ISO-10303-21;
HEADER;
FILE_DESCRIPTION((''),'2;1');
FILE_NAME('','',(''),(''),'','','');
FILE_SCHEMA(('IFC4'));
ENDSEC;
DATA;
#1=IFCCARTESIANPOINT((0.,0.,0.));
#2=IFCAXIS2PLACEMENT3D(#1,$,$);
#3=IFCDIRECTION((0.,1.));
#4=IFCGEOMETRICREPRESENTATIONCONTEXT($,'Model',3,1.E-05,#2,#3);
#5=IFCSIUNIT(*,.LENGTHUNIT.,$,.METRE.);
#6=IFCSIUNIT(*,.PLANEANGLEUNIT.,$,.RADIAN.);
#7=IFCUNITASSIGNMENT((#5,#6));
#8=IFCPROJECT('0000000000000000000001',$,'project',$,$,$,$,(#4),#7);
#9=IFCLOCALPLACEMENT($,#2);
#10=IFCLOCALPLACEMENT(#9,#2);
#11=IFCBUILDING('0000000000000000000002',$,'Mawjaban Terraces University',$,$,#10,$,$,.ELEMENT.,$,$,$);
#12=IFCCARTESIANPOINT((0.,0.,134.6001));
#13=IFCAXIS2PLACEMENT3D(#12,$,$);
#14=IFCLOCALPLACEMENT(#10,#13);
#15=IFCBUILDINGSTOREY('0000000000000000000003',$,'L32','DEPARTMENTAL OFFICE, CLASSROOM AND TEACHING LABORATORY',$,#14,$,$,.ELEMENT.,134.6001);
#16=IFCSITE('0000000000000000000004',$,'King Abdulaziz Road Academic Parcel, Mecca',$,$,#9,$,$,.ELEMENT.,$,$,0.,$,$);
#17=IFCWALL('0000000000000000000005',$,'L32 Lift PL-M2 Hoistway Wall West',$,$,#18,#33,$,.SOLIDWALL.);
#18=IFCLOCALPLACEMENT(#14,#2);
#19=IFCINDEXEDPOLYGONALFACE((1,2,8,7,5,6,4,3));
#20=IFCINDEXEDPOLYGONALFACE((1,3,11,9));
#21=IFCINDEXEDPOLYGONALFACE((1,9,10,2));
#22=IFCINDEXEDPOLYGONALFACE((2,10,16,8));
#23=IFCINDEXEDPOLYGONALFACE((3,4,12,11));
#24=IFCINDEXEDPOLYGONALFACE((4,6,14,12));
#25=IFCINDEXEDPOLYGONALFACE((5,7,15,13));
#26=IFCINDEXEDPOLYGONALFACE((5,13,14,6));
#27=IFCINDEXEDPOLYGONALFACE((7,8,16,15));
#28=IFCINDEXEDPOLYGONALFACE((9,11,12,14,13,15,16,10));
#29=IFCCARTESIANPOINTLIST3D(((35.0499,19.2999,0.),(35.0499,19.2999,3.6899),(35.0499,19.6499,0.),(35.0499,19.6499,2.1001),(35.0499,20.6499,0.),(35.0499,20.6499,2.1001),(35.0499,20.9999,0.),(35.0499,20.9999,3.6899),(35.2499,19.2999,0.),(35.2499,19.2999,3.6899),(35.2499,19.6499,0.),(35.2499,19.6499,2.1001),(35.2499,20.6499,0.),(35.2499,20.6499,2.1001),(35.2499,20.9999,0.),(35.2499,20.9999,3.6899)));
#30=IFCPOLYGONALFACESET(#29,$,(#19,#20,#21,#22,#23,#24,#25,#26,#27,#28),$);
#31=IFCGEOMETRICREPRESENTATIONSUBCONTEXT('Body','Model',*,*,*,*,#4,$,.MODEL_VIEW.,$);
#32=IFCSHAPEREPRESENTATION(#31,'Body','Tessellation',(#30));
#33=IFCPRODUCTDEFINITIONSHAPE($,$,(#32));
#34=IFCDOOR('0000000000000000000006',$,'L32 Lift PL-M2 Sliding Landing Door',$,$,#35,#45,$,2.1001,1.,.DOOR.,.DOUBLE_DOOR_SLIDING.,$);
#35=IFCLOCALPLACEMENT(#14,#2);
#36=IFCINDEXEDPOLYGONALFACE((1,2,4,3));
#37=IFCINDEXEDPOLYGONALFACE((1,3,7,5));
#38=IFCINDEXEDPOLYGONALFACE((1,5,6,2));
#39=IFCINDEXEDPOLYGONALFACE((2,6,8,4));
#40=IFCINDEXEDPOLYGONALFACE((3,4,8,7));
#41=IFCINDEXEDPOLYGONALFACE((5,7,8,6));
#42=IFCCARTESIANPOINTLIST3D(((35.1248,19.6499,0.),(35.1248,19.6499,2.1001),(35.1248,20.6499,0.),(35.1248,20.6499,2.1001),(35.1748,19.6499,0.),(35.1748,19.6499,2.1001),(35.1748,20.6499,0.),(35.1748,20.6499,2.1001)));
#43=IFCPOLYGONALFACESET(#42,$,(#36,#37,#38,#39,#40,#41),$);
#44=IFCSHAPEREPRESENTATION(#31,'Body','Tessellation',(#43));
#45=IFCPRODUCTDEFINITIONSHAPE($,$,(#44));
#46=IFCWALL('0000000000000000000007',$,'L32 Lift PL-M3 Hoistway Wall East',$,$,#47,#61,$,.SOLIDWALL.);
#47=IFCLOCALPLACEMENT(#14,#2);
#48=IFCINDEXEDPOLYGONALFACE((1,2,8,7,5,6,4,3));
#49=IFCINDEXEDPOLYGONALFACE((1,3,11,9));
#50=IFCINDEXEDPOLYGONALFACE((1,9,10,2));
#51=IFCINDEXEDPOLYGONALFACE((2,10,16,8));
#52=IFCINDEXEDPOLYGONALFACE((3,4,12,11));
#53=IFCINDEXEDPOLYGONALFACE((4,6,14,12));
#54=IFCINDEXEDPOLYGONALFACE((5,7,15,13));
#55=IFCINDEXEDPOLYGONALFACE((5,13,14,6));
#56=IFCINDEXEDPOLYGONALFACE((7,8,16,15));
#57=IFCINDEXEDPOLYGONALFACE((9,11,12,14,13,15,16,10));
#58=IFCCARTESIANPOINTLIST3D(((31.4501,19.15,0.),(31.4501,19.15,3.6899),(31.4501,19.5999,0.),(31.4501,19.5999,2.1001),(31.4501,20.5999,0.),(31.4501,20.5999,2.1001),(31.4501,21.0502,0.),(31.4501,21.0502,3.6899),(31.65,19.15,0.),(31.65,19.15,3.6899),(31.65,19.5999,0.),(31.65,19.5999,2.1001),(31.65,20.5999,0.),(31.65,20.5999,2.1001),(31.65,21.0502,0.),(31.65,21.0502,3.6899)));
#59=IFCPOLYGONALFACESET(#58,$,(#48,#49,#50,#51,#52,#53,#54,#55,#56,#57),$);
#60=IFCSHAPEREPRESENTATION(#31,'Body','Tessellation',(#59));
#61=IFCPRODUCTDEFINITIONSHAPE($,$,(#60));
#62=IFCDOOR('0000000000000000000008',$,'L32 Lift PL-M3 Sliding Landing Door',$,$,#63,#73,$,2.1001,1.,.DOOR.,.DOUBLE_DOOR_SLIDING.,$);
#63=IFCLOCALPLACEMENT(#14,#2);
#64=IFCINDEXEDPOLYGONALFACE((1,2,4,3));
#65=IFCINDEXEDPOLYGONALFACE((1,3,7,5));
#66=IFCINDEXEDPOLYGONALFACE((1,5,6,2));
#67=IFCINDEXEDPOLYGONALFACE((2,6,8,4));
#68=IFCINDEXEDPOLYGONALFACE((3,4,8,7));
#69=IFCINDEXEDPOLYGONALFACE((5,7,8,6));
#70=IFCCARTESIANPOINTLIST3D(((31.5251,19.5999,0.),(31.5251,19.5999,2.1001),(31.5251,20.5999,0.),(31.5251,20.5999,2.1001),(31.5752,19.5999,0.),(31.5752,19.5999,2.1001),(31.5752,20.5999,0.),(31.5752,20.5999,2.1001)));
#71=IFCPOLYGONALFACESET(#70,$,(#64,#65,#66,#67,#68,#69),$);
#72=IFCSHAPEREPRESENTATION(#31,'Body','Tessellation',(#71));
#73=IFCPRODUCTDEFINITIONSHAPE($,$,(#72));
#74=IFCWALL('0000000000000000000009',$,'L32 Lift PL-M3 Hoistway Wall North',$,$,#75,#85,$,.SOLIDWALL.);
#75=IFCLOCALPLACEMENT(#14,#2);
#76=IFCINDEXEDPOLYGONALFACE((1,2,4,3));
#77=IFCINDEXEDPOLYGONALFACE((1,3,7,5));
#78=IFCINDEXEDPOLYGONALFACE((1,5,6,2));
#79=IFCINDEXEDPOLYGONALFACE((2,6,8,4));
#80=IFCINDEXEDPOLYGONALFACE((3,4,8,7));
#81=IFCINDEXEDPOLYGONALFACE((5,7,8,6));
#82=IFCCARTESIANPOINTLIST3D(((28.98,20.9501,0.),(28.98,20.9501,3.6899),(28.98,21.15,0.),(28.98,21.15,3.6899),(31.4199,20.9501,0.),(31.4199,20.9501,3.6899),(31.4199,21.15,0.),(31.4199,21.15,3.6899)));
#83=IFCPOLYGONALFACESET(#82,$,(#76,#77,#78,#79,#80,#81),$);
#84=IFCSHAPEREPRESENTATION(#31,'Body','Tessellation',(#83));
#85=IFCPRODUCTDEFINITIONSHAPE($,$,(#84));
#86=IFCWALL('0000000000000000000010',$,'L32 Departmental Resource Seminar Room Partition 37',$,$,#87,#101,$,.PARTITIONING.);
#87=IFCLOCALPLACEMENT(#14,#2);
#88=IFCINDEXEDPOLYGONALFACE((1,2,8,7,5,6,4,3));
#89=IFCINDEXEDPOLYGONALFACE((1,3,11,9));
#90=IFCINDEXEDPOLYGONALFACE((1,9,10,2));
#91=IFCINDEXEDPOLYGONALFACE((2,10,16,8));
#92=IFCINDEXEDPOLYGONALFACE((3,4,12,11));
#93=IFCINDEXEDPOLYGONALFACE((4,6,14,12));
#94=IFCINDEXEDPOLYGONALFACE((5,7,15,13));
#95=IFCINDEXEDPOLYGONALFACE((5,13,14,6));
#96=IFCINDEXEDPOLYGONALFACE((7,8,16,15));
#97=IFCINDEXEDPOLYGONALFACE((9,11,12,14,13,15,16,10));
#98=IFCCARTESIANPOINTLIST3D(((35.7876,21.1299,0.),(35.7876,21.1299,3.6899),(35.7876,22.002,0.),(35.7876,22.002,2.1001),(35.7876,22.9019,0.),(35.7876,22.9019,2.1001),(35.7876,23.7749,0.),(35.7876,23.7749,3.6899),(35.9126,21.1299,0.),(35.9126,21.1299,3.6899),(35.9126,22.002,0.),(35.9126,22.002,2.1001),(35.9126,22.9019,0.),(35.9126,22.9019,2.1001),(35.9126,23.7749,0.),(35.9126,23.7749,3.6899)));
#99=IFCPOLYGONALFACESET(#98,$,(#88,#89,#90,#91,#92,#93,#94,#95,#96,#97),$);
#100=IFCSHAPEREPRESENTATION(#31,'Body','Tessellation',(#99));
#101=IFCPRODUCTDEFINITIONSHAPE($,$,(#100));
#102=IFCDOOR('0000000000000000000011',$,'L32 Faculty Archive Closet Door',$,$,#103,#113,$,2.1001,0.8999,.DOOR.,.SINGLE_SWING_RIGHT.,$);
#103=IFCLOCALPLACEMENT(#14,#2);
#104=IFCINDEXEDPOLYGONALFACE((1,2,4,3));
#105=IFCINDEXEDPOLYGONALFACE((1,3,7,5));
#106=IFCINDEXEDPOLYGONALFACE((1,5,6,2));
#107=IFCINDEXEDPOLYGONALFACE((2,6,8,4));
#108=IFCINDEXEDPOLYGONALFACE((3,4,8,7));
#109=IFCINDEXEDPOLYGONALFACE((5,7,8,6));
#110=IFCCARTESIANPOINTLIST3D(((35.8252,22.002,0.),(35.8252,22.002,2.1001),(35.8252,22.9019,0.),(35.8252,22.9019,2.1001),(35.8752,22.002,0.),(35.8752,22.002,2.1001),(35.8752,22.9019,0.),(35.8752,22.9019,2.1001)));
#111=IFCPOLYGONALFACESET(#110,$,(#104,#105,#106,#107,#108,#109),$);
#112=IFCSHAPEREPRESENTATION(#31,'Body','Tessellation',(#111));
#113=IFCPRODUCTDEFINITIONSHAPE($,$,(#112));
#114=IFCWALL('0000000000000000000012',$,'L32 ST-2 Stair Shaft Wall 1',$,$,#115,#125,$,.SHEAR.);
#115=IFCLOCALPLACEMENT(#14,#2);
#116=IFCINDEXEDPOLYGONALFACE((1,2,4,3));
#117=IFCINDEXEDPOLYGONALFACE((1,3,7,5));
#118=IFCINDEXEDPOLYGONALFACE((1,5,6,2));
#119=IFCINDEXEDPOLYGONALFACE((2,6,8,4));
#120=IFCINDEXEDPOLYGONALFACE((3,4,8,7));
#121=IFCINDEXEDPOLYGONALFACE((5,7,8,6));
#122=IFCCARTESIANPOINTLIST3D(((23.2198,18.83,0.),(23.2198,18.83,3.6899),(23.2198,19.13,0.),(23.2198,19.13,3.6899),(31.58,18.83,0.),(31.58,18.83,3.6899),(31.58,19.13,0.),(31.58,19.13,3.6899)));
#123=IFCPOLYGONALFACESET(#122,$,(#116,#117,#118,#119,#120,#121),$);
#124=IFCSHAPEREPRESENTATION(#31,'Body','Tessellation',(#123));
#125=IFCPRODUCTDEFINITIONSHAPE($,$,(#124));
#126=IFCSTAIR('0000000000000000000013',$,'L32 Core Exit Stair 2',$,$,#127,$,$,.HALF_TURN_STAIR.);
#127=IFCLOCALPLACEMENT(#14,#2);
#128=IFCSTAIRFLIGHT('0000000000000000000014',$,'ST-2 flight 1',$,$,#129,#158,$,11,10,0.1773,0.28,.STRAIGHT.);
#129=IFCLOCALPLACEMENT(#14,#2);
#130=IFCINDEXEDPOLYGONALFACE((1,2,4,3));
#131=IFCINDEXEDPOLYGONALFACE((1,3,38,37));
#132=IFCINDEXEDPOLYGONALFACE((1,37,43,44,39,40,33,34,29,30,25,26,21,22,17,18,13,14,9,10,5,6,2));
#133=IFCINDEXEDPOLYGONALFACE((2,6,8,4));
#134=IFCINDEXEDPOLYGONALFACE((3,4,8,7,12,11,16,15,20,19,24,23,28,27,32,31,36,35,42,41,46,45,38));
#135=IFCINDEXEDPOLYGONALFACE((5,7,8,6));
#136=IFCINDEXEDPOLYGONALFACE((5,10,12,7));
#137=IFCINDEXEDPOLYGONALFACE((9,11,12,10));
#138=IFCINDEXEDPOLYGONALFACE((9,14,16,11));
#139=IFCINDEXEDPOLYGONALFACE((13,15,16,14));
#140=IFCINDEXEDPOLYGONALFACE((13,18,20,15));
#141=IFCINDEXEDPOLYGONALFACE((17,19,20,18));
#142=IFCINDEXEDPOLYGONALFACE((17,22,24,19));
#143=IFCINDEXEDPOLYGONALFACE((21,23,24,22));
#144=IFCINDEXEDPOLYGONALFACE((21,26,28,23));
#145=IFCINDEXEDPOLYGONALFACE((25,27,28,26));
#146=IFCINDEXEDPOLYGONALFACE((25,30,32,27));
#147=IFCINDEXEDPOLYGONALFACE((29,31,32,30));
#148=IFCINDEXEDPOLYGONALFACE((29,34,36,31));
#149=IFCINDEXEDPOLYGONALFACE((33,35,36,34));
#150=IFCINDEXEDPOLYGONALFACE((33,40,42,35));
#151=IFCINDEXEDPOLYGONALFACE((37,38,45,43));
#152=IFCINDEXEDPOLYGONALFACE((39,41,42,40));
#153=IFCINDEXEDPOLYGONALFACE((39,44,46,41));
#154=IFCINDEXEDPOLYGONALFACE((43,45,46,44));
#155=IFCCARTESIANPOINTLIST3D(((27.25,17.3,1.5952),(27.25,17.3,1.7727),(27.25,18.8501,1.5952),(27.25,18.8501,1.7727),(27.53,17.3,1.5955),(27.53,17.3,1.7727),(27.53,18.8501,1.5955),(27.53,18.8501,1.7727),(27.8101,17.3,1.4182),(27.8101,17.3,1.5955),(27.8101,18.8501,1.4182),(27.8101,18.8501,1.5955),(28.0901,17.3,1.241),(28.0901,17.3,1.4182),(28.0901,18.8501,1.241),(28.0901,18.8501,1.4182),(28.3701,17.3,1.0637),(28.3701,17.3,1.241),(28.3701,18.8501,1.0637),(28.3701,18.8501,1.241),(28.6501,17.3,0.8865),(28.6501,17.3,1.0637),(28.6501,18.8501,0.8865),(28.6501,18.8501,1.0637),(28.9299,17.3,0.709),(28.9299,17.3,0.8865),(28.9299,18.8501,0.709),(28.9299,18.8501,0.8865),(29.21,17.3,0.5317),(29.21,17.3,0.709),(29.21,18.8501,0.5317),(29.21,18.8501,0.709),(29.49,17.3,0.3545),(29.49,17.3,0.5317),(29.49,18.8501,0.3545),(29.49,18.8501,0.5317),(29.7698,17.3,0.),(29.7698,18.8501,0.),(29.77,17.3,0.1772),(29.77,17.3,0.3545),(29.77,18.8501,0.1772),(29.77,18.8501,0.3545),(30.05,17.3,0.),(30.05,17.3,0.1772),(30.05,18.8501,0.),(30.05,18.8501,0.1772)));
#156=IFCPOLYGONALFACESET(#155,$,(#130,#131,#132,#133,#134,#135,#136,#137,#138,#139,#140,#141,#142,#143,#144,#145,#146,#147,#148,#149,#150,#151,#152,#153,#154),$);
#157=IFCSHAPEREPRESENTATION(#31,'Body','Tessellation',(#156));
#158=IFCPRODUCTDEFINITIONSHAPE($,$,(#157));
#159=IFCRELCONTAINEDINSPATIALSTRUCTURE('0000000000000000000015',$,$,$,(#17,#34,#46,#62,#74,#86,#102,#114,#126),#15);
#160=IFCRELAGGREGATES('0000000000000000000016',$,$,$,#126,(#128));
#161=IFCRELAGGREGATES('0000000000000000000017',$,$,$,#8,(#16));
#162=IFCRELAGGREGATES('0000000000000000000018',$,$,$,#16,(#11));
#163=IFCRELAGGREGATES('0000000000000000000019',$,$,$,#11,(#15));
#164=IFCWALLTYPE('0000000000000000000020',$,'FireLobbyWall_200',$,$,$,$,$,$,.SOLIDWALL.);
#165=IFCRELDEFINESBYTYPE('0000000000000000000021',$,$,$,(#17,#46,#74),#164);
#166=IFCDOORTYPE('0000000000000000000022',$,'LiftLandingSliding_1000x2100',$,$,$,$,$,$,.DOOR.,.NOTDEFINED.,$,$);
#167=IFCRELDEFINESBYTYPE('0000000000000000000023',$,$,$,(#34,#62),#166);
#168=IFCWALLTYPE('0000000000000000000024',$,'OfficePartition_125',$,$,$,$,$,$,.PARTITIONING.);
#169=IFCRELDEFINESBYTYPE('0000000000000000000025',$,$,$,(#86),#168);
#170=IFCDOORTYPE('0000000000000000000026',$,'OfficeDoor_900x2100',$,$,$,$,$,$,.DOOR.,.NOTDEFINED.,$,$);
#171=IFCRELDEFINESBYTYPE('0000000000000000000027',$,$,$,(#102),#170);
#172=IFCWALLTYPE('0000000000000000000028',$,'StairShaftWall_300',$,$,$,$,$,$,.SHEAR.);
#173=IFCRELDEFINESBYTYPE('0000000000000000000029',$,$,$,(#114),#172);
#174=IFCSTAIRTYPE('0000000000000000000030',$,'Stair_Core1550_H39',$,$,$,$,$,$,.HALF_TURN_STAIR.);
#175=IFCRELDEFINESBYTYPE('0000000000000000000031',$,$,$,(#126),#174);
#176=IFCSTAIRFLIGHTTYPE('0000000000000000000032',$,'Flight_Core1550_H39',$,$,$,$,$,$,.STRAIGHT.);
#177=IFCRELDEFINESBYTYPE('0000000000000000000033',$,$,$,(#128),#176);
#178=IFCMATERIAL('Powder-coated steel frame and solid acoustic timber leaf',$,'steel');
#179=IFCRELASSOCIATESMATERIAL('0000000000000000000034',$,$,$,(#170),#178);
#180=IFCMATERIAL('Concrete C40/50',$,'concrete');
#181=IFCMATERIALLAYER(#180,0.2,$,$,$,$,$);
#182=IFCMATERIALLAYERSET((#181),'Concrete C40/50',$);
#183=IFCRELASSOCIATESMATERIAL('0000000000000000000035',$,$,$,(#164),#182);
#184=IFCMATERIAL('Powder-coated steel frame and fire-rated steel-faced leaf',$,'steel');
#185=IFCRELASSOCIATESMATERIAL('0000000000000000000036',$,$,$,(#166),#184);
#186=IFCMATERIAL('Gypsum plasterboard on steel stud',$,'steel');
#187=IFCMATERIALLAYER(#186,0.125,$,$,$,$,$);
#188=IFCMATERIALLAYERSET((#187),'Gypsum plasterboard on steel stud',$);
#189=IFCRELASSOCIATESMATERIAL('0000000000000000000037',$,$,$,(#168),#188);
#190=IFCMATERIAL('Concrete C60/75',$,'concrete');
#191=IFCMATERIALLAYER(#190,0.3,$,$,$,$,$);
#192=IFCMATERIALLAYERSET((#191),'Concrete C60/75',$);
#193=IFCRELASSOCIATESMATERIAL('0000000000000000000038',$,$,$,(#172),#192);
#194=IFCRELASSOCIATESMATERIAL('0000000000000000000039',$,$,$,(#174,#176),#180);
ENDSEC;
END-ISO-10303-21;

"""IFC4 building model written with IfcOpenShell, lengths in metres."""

from ifc_helpers import new_model, si_unit, direction, frame, frame_2d, origin, place, context, subcontext, project, spatial, polyline, rectangle, outline, extrude, material, layer, layer_set, type_object, element, fill, aggregate, save


model = new_model("IFC4")

# Units and contexts
model_context = context("Model", 3, precision=1e-05, world=origin(), true_north=direction((0.0, 1.0)))
body_context = subcontext(model_context, "Body", "Model", "MODEL_VIEW")
ifc_project = project(units=[si_unit("LENGTHUNIT", "METRE"), si_unit("PLANEANGLEUNIT", "RADIAN")], contexts=[model_context])

# Site, building, storey
site_placement = place(None, origin())
site = spatial("IfcSite", under=ifc_project, at=site_placement, Name="King Abdulaziz Road Academic Parcel, Mecca", CompositionType="ELEMENT", RefElevation=0.0)
building_placement = place(site_placement, origin())
building = spatial("IfcBuilding", under=site, at=building_placement, Name="Mawjaban Terraces University", CompositionType="ELEMENT")
storey_placement = place(building_placement, frame((0.0, 0.0, 134.6001)))
storey = spatial("IfcBuildingStorey", under=building, at=storey_placement, Name="L32", Description="DEPARTMENTAL OFFICE, CLASSROOM AND TEACHING LABORATORY", CompositionType="ELEMENT", Elevation=134.6001)

# Shared definitions
ifc_material_1 = material(Name="Powder-coated steel frame and solid acoustic timber leaf", Category="steel")
door_type_1 = type_object("IfcDoorType", Name="OfficeDoor_900x2100", OperationType="NOTDEFINED", PredefinedType="DOOR", material=ifc_material_1)

# Shared definitions
ifc_material_2 = material(Name="Concrete C40/50", Category="concrete")
ifc_layer_1 = layer(ifc_material_2, 0.2)
ifc_layer_set_1 = layer_set([ifc_layer_1], Name="Concrete C40/50")
wall_type_1 = type_object("IfcWallType", Name="FireLobbyWall_200", PredefinedType="SOLIDWALL", material=ifc_layer_set_1)

# Walls, openings, doors
ifc_material_3 = material(Name="Powder-coated steel frame and fire-rated steel-faced leaf", Category="steel")
door_type_2 = type_object("IfcDoorType", Name="LiftLandingSliding_1000x2100", OperationType="NOTDEFINED", PredefinedType="DOOR", material=ifc_material_3)
wall_1_placement = place(storey_placement, frame((35.1499, 21.0, 0.0), z_axis=(0.0, 0.0, 1.0), x_axis=(0.0, -1.0, 0.0)))
wall_1 = element("IfcWall", 1, at=wall_1_placement, inside=storey, type_object=wall_type_1, Name="L32 Lift PL-M2 Hoistway Wall West", PredefinedType="SOLIDWALL", context=body_context, shape_type="SweptSolid", body=[
    extrude(rectangle(XDim=1.7, YDim=0.2, at=frame_2d((0.8501, 0.0))), origin(), (0.0, 0.0, 1.0), 3.6899),
])
opening_1_placement = place(wall_1_placement, frame((0.3501, 0.0, 0.0)))
opening_1 = element("IfcOpeningElement", 2, at=opening_1_placement, cuts=wall_1, PredefinedType="OPENING", context=body_context, shape_type="SweptSolid", body=[
    extrude(rectangle(XDim=1.0, YDim=2.1001, at=frame_2d((0.5, 1.05))), frame((0.0, 0.1099, 0.0), z_axis=(0.0, -1.0, 0.0), x_axis=(1.0, 0.0, 0.0)), (0.0, 0.0, 1.0), 0.22),
])
door_1_placement = place(opening_1_placement, origin())
door_1 = element("IfcDoor", 3, at=door_1_placement, inside=storey, type_object=door_type_2, Name="L32 Lift PL-M2 Sliding Landing Door", OperationType="DOUBLE_DOOR_SLIDING", OverallHeight=2.1001, OverallWidth=1.0, PredefinedType="DOOR", context=body_context, shape_type="SweptSolid", body=[
    extrude(rectangle(XDim=1.0, YDim=2.1001, at=frame_2d((0.5, 1.05))), frame((0.0, 0.0249, 0.0), z_axis=(0.0, -1.0, 0.0), x_axis=(1.0, 0.0, 0.0)), (0.0, 0.0, 1.0), 0.05),
])
fill(opening_1, door_1)
wall_2_placement = place(storey_placement, frame((31.55, 19.1499, 0.0), z_axis=(0.0, 0.0, 1.0), x_axis=(0.0, 1.0, 0.0)))
wall_2 = element("IfcWall", 4, at=wall_2_placement, inside=storey, type_object=wall_type_1, Name="L32 Lift PL-M3 Hoistway Wall East", PredefinedType="SOLIDWALL", context=body_context, shape_type="SweptSolid", body=[
    extrude(rectangle(XDim=1.9001, YDim=0.2, at=frame_2d((0.9502, 0.0))), origin(), (0.0, 0.0, 1.0), 3.6899),
])
opening_2_placement = place(wall_2_placement, frame((0.45, 0.0, 0.0)))
opening_2 = element("IfcOpeningElement", 5, at=opening_2_placement, cuts=wall_2, PredefinedType="OPENING", context=body_context, shape_type="SweptSolid", body=[
    extrude(rectangle(XDim=1.0, YDim=2.1001, at=frame_2d((0.5, 1.05))), frame((0.0, 0.1099, 0.0), z_axis=(0.0, -1.0, 0.0), x_axis=(1.0, 0.0, 0.0)), (0.0, 0.0, 1.0), 0.22),
])
door_2_placement = place(opening_2_placement, origin())
door_2 = element("IfcDoor", 6, at=door_2_placement, inside=storey, type_object=door_type_2, Name="L32 Lift PL-M3 Sliding Landing Door", OperationType="DOUBLE_DOOR_SLIDING", OverallHeight=2.1001, OverallWidth=1.0, PredefinedType="DOOR", context=body_context, shape_type="SweptSolid", body=[
    extrude(rectangle(XDim=1.0, YDim=2.1001, at=frame_2d((0.5, 1.05))), frame((0.0, 0.0249, 0.0), z_axis=(0.0, -1.0, 0.0), x_axis=(1.0, 0.0, 0.0)), (0.0, 0.0, 1.0), 0.05),
])
fill(opening_2, door_2)

# Wall
wall_3_placement = place(storey_placement, frame((31.4199, 21.05, 0.0), z_axis=(0.0, 0.0, 1.0), x_axis=(-1.0, 0.0, 0.0)))
element("IfcWall", 7, at=wall_3_placement, inside=storey, type_object=wall_type_1, Name="L32 Lift PL-M3 Hoistway Wall North", PredefinedType="SOLIDWALL", context=body_context, shape_type="SweptSolid", body=[
    extrude(rectangle(XDim=2.4399, YDim=0.2, at=frame_2d((1.22, 0.0))), origin(), (0.0, 0.0, 1.0), 3.6899),
])

# Wall, opening, door
ifc_material_4 = material(Name="Gypsum plasterboard on steel stud", Category="steel")
ifc_layer_2 = layer(ifc_material_4, 0.125)
ifc_layer_set_2 = layer_set([ifc_layer_2], Name="Gypsum plasterboard on steel stud")
wall_type_2 = type_object("IfcWallType", Name="OfficePartition_125", PredefinedType="PARTITIONING", material=ifc_layer_set_2)
wall_4_placement = place(storey_placement, frame((35.8501, 21.1299, 0.0), z_axis=(0.0, 0.0, 1.0), x_axis=(0.0, 1.0, 0.0)))
wall_4 = element("IfcWall", 8, at=wall_4_placement, inside=storey, type_object=wall_type_2, Name="L32 Departmental Resource Seminar Room Partition 37", PredefinedType="PARTITIONING", context=body_context, shape_type="SweptSolid", body=[
    extrude(rectangle(XDim=2.645, YDim=0.125, at=frame_2d((1.3225, 0.0))), origin(), (0.0, 0.0, 1.0), 3.6899),
])
opening_3_placement = place(wall_4_placement, frame((0.8721, 0.0, 0.0)))
opening_3 = element("IfcOpeningElement", 9, at=opening_3_placement, cuts=wall_4, PredefinedType="OPENING", context=body_context, shape_type="SweptSolid", body=[
    extrude(rectangle(XDim=0.8999, YDim=2.1001, at=frame_2d((0.45, 1.05))), frame((0.0, 0.0725, 0.0), z_axis=(0.0, -1.0, 0.0), x_axis=(1.0, 0.0, 0.0)), (0.0, 0.0, 1.0), 0.145),
])
door_3_placement = place(opening_3_placement, origin())
door_3 = element("IfcDoor", 10, at=door_3_placement, inside=storey, type_object=door_type_1, Name="L32 Faculty Archive Closet Door", OperationType="SINGLE_SWING_RIGHT", OverallHeight=2.1001, OverallWidth=0.8999, PredefinedType="DOOR", context=body_context, shape_type="SweptSolid", body=[
    extrude(rectangle(XDim=0.8999, YDim=2.1001, at=frame_2d((0.45, 1.05))), frame((0.0, 0.0249, 0.0), z_axis=(0.0, -1.0, 0.0), x_axis=(1.0, 0.0, 0.0)), (0.0, 0.0, 1.0), 0.05),
])
fill(opening_3, door_3)

# Wall
ifc_material_5 = material(Name="Concrete C60/75", Category="concrete")
ifc_layer_3 = layer(ifc_material_5, 0.3)
ifc_layer_set_3 = layer_set([ifc_layer_3], Name="Concrete C60/75")
wall_type_3 = type_object("IfcWallType", Name="StairShaftWall_300", PredefinedType="SHEAR", material=ifc_layer_set_3)
wall_5_placement = place(storey_placement, frame((31.5801, 18.98, 0.0), z_axis=(0.0, 0.0, 1.0), x_axis=(-1.0, 0.0, 0.0)))
element("IfcWall", 11, at=wall_5_placement, inside=storey, type_object=wall_type_3, Name="L32 ST-2 Stair Shaft Wall 1", PredefinedType="SHEAR", context=body_context, shape_type="SweptSolid", body=[
    extrude(rectangle(XDim=8.3601, YDim=0.3, at=frame_2d((4.1802, 0.0))), origin(), (0.0, 0.0, 1.0), 3.6899),
])

# Stair, stair flight
stair_type = type_object("IfcStairType", Name="Stair_Core1550_H39", PredefinedType="HALF_TURN_STAIR", material=ifc_material_2)
stair_placement = place(storey_placement, origin())
stair = element("IfcStair", 12, at=stair_placement, inside=storey, type_object=stair_type, Name="L32 Core Exit Stair 2", PredefinedType="HALF_TURN_STAIR")
stair_flight_type = type_object("IfcStairFlightType", Name="Flight_Core1550_H39", PredefinedType="STRAIGHT", material=ifc_material_2)
stair_flight_placement = place(storey_placement, frame((30.05, 18.075, 0.0), z_axis=(0.0, 0.0, 1.0), x_axis=(-1.0, 0.0, 0.0)))
stair_flight = element("IfcStairFlight", 13, at=stair_flight_placement, type_object=stair_flight_type, Name="ST-2 flight 1", NumberOfRisers=11, NumberOfTreads=10, PredefinedType="STRAIGHT", RiserHeight=0.1773, TreadLength=0.28, context=body_context, shape_type="SweptSolid", body=[
    extrude(outline(polyline([(0.0, 0.0), (0.0, 0.1772), (0.28, 0.1772), (0.28, 0.3545), (0.5601, 0.3545), (0.5601, 0.5317), (0.8401, 0.5317), (0.8401, 0.709), (1.1201, 0.709), (1.1201, 0.8865), (1.3999, 0.8865), (1.3999, 1.0637), (1.6799, 1.0637), (1.6799, 1.241), (1.96, 1.241), (1.96, 1.4182), (2.24, 1.4182), (2.24, 1.5955), (2.52, 1.5955), (2.52, 1.7727), (2.8, 1.7727), (2.8, 1.95), (2.8, 1.5952), (0.2803, 0.0), (0.0, 0.0)])), frame((0.0, 0.7749, 0.0), z_axis=(0.0, -1.0, 0.0), x_axis=(1.0, 0.0, 0.0)), (0.0, 0.0, 1.0), 1.55),
])
aggregate(stair, [stair_flight])

save(model, "model.ifc")
